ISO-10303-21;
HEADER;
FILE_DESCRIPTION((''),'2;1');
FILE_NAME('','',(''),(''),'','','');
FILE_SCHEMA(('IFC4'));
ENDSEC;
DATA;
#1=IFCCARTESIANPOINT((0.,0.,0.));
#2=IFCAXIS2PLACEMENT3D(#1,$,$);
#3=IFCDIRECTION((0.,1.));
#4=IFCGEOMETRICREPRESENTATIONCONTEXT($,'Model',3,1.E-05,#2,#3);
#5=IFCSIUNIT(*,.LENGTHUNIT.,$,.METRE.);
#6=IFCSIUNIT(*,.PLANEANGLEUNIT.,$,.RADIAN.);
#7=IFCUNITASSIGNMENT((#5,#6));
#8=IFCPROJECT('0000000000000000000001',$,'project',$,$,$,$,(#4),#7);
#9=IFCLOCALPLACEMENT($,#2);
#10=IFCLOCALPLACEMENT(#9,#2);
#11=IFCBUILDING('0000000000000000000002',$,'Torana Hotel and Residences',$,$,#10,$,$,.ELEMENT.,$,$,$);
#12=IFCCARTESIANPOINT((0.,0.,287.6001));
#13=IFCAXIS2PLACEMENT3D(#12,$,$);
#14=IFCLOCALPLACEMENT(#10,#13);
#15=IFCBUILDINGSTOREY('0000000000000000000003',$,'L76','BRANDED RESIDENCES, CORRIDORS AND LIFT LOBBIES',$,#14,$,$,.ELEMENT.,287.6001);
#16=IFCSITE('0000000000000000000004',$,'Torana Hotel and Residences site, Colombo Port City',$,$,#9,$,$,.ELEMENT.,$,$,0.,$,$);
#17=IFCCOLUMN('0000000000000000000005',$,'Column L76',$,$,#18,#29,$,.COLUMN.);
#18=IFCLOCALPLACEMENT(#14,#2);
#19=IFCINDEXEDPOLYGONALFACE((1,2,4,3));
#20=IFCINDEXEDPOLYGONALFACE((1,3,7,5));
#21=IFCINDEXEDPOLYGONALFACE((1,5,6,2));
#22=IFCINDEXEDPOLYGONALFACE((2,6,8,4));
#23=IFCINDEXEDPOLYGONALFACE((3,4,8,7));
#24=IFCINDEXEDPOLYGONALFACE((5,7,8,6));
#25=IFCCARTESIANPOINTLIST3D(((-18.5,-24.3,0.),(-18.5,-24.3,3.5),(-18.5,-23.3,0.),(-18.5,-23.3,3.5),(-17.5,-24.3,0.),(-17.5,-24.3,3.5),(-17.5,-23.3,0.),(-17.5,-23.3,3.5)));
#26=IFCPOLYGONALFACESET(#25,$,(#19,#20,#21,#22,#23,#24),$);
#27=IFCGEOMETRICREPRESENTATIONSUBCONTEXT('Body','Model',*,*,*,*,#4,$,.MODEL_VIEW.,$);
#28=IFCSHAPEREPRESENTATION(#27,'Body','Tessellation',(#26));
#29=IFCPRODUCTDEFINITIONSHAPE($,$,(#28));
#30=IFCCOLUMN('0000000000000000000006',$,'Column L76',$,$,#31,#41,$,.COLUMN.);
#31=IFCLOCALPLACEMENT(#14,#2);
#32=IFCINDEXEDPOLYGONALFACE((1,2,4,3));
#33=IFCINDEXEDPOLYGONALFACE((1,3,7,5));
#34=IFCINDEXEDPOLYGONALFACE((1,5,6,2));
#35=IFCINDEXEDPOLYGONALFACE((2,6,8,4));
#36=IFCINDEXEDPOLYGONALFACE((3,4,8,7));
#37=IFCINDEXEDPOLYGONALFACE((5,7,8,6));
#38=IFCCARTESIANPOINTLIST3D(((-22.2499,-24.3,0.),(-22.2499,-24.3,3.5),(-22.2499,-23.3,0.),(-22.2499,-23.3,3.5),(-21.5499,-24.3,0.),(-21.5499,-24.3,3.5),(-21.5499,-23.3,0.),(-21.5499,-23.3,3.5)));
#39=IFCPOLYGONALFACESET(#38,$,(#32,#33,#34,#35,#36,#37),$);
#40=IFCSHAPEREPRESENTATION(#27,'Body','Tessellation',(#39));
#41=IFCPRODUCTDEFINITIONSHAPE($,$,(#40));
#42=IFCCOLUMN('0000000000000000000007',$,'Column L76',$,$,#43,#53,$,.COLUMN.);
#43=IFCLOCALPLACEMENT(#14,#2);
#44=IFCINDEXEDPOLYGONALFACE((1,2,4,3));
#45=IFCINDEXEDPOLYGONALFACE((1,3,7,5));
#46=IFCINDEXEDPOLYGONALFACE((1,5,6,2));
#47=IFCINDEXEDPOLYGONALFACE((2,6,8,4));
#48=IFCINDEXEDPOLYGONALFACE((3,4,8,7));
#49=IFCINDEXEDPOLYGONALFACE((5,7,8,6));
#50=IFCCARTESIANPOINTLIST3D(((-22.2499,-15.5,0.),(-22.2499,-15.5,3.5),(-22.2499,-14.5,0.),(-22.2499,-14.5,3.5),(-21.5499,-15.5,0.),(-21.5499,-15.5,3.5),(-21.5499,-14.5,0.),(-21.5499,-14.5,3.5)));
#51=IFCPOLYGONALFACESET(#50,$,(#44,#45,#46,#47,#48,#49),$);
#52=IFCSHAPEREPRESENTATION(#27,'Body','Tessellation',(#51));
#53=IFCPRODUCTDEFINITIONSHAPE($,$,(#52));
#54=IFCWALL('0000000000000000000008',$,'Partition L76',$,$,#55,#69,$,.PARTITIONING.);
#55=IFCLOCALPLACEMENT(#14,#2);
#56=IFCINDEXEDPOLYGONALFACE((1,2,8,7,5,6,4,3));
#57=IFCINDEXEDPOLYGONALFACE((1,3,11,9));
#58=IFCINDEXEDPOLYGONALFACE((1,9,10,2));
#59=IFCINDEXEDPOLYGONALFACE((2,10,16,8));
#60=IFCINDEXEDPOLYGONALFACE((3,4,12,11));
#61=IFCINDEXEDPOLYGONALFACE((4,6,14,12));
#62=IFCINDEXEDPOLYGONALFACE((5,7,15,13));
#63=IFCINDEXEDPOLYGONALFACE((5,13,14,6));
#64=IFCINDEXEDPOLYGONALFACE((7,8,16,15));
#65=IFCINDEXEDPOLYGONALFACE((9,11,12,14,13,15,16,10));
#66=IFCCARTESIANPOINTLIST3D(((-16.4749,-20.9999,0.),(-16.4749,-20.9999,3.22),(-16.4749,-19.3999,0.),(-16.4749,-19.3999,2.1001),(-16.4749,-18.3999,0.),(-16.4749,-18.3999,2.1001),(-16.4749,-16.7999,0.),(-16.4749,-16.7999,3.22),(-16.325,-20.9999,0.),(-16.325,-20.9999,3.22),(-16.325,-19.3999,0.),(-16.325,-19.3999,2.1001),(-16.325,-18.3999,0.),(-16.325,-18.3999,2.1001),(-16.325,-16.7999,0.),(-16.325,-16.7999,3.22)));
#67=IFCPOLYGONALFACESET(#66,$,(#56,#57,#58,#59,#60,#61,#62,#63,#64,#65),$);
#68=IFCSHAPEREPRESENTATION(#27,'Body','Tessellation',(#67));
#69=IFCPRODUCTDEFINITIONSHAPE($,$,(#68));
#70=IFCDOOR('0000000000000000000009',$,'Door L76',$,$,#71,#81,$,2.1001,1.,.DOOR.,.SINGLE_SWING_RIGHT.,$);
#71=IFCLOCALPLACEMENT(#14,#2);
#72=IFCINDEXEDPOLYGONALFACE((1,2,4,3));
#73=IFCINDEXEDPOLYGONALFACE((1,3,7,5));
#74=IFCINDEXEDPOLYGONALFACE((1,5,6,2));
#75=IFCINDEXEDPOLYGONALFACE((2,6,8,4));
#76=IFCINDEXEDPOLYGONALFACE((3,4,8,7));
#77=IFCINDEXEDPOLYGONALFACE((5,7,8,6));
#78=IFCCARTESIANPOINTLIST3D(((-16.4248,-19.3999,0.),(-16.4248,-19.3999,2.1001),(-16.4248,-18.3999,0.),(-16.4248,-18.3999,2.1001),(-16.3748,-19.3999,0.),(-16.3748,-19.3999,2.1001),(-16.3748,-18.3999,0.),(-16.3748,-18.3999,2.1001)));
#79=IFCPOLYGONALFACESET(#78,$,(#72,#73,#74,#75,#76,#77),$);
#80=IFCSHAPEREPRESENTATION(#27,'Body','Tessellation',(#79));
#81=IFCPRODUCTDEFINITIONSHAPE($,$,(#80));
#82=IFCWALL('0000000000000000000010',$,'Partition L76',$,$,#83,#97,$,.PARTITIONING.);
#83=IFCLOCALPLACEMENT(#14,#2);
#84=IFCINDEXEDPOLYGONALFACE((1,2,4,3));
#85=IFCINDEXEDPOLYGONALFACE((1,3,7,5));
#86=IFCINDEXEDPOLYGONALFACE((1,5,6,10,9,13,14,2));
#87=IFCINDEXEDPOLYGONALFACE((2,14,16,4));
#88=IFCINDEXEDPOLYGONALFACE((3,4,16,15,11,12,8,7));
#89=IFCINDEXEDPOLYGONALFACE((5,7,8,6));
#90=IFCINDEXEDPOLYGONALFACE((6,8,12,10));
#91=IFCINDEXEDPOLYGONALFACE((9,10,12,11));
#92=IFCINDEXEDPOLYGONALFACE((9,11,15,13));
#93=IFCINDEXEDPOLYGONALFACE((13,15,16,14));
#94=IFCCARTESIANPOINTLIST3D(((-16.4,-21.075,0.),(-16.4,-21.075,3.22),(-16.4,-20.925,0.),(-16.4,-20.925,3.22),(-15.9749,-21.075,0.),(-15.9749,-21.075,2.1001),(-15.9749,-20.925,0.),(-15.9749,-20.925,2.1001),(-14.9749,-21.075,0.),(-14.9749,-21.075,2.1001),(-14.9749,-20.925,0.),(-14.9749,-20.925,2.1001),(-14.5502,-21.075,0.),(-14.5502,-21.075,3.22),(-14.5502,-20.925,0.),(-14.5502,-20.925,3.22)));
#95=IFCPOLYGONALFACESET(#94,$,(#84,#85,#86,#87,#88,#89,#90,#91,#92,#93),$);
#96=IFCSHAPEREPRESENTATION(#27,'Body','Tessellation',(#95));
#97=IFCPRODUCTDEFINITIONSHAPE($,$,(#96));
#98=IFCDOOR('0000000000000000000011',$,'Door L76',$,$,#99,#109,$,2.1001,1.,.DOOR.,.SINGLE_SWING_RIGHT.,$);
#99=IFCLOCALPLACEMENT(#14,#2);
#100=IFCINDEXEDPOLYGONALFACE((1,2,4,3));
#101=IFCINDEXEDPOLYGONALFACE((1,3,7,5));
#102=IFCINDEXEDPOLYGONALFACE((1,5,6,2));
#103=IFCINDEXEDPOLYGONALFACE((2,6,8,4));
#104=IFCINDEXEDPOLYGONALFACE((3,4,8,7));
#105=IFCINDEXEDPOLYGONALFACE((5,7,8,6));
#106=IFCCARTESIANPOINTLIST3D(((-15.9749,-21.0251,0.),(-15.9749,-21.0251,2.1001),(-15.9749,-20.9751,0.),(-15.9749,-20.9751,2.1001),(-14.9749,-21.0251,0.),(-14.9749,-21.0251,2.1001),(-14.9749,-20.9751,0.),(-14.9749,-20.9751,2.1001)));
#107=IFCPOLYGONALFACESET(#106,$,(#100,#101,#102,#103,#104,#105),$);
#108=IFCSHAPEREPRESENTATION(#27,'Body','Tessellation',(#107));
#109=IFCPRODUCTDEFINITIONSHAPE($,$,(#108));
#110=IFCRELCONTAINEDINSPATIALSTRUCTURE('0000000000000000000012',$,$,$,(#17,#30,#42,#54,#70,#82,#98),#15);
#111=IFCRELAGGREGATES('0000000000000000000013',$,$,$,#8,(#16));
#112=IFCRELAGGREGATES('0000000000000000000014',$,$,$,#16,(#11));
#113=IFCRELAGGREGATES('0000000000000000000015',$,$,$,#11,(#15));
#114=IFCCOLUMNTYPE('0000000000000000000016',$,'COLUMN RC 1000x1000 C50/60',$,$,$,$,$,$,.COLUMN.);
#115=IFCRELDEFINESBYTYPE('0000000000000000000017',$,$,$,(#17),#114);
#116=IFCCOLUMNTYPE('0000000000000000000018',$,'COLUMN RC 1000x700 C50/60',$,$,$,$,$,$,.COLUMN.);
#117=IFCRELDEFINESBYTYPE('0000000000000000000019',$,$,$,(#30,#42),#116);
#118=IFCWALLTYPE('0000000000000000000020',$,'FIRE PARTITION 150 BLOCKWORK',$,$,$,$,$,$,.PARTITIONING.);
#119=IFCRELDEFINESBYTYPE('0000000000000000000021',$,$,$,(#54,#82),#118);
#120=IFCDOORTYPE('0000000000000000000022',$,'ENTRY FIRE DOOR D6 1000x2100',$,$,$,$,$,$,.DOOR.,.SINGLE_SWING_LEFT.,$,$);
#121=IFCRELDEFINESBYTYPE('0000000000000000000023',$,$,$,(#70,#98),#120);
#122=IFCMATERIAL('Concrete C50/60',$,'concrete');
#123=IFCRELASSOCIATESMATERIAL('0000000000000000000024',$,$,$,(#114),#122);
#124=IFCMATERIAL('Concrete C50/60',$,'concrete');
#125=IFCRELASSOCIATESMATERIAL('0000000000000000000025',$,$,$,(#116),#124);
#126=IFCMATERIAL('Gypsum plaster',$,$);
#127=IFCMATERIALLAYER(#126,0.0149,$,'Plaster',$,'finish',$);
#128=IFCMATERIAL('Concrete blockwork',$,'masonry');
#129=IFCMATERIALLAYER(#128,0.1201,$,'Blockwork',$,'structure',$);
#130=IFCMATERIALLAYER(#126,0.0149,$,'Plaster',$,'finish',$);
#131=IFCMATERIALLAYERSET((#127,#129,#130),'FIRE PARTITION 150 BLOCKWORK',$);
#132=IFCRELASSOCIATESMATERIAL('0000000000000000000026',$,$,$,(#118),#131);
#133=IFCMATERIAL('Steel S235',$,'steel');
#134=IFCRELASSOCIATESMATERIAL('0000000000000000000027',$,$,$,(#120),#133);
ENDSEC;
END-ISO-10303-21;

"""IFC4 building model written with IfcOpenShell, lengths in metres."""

from ifc_helpers import new_model, si_unit, direction, frame, frame_2d, origin, origin_2d, place, context, subcontext, project, spatial, rectangle, extrude, material, layer, layer_set, material_profile, profile_set, type_object, element, fill, save


model = new_model("IFC4")

# Units and contexts
model_context = context("Model", 3, precision=1e-05, world=origin(), true_north=direction((0.0, 1.0)))
body_context = subcontext(model_context, "Body", "Model", "MODEL_VIEW")
ifc_project = project(units=[si_unit("LENGTHUNIT", "METRE"), si_unit("PLANEANGLEUNIT", "RADIAN")], contexts=[model_context])

# Site, building, storey
site_placement = place(None, origin())
site = spatial("IfcSite", under=ifc_project, at=site_placement, Name="Torana Hotel and Residences site, Colombo Port City", CompositionType="ELEMENT", RefElevation=0.0)
building_placement = place(site_placement, origin())
building = spatial("IfcBuilding", under=site, at=building_placement, Name="Torana Hotel and Residences", CompositionType="ELEMENT")
storey_placement = place(building_placement, frame((0.0, 0.0, 287.6001)))
storey = spatial("IfcBuildingStorey", under=building, at=storey_placement, Name="L76", Description="BRANDED RESIDENCES, CORRIDORS AND LIFT LOBBIES", CompositionType="ELEMENT", Elevation=287.6001)

# Columns
ifc_material_1 = material(Name="Concrete C50/60", Category="concrete")
ifc_material_profile_1 = material_profile(ifc_material_1, rectangle(XDim=1.0, YDim=1.0, at=origin_2d()), Name="RC 1000x1000")
ifc_profile_set_1 = profile_set([ifc_material_profile_1], Name="Concrete C50/60")
column_type_1 = type_object("IfcColumnType", Name="COLUMN RC 1000x1000 C50/60", PredefinedType="COLUMN", material=ifc_profile_set_1)
column_placement = place(storey_placement, frame((-18.0, -23.8, 0.0), z_axis=(0.0, 0.0, 1.0), x_axis=(1.0, 0.0, 0.0)))
element("IfcColumn", 1, at=column_placement, inside=storey, type_object=column_type_1, Name="Column L76", PredefinedType="COLUMN", context=body_context, shape_type="SweptSolid", body=[
    extrude(rectangle(XDim=1.0, YDim=1.0, at=origin_2d()), origin(), (0.0, 0.0, 1.0), 3.5),
])
ifc_material_2 = material(Name="Concrete C50/60", Category="concrete")
ifc_material_profile_2 = material_profile(ifc_material_2, rectangle(XDim=1.0, YDim=0.7, at=origin_2d()), Name="RC 1000x700")
ifc_profile_set_2 = profile_set([ifc_material_profile_2], Name="Concrete C50/60")
column_type_2 = type_object("IfcColumnType", Name="COLUMN RC 1000x700 C50/60", PredefinedType="COLUMN", material=ifc_profile_set_2)
for number, where, z_axis, x_axis, name in (
    (2, (-21.8999, -23.8, 0.0), (0.0, 0.0, 1.0), (0.0, 1.0, 0.0), "Column L76"),
    (3, (-21.8999, -15.0, 0.0), (0.0, 0.0, 1.0), (0.0, 1.0, 0.0), "Column L76"),
):
    element("IfcColumn", number, at=place(storey_placement, frame(where, z_axis=z_axis, x_axis=x_axis)), inside=storey, type_object=column_type_2, Name=name, PredefinedType="COLUMN", context=body_context, shape_type="SweptSolid", body=[
        extrude(rectangle(XDim=1.0, YDim=0.7, at=origin_2d()), origin(), (0.0, 0.0, 1.0), 3.5),
    ])

# Walls, openings, doors
ifc_material_3 = material(Name="Gypsum plaster")
ifc_layer_1 = layer(ifc_material_3, 0.0149, Name="Plaster", Category="finish")
ifc_material_4 = material(Name="Concrete blockwork", Category="masonry")
ifc_layer_2 = layer(ifc_material_4, 0.1201, Name="Blockwork", Category="structure")
ifc_layer_3 = layer(ifc_material_3, 0.0149, Name="Plaster", Category="finish")
ifc_layer_set_1 = layer_set([ifc_layer_1, ifc_layer_2, ifc_layer_3], Name="FIRE PARTITION 150 BLOCKWORK")
wall_type_1 = type_object("IfcWallType", Name="FIRE PARTITION 150 BLOCKWORK", PredefinedType="PARTITIONING", material=ifc_layer_set_1)
wall_1_placement = place(storey_placement, frame((-16.3999, -21.0, 0.0), z_axis=(0.0, 0.0, 1.0), x_axis=(0.0, 1.0, 0.0)))
wall_1 = element("IfcWall", 4, at=wall_1_placement, inside=storey, type_object=wall_type_1, Name="Partition L76", PredefinedType="PARTITIONING", context=body_context, shape_type="SweptSolid", body=[
    extrude(rectangle(XDim=4.2, YDim=0.1499, at=frame_2d((2.1001, 0.0))), origin(), (0.0, 0.0, 1.0), 3.22),
])
opening_1_placement = place(wall_1_placement, frame((1.6001, 0.0, 0.0)))
opening_1 = element("IfcOpeningElement", 5, at=opening_1_placement, cuts=wall_1, PredefinedType="OPENING", context=body_context, shape_type="SweptSolid", body=[
    extrude(rectangle(XDim=1.0, YDim=2.1001, at=frame_2d((0.5, 1.05))), frame((0.0, 0.085, 0.0), z_axis=(0.0, -1.0, 0.0), x_axis=(1.0, 0.0, 0.0)), (0.0, 0.0, 1.0), 0.1699),
])
ifc_material_5 = material(Name="Steel S235", Category="steel")
door_type_1 = type_object("IfcDoorType", Name="ENTRY FIRE DOOR D6 1000x2100", OperationType="SINGLE_SWING_LEFT", PredefinedType="DOOR", material=ifc_material_5)
door_1_placement = place(opening_1_placement, origin())
door_1 = element("IfcDoor", 6, at=door_1_placement, inside=storey, type_object=door_type_1, Name="Door L76", OperationType="SINGLE_SWING_RIGHT", OverallHeight=2.1001, OverallWidth=1.0, PredefinedType="DOOR", context=body_context, shape_type="SweptSolid", body=[
    extrude(rectangle(XDim=1.0, YDim=2.1001, at=frame_2d((0.5, 1.05))), frame((0.0, 0.0249, 0.0), z_axis=(0.0, -1.0, 0.0), x_axis=(1.0, 0.0, 0.0)), (0.0, 0.0, 1.0), 0.05),
])
fill(opening_1, door_1)
wall_2_placement = place(storey_placement, frame((-16.3999, -21.0, 0.0), z_axis=(0.0, 0.0, 1.0), x_axis=(1.0, 0.0, 0.0)))
wall_2 = element("IfcWall", 7, at=wall_2_placement, inside=storey, type_object=wall_type_1, Name="Partition L76", PredefinedType="PARTITIONING", context=body_context, shape_type="SweptSolid", body=[
    extrude(rectangle(XDim=1.8499, YDim=0.1499, at=frame_2d((0.9248, 0.0))), origin(), (0.0, 0.0, 1.0), 3.22),
])
opening_2_placement = place(wall_2_placement, frame((0.425, 0.0, 0.0)))
opening_2 = element("IfcOpeningElement", 8, at=opening_2_placement, cuts=wall_2, PredefinedType="OPENING", context=body_context, shape_type="SweptSolid", body=[
    extrude(rectangle(XDim=1.0, YDim=2.1001, at=frame_2d((0.5, 1.05))), frame((0.0, 0.085, 0.0), z_axis=(0.0, -1.0, 0.0), x_axis=(1.0, 0.0, 0.0)), (0.0, 0.0, 1.0), 0.1699),
])
door_2_placement = place(opening_2_placement, frame((0.5, 0.0, 0.0), z_axis=(0.0, 0.0, 1.0), x_axis=(-1.0, 0.0, 0.0)))
door_2 = element("IfcDoor", 9, at=door_2_placement, inside=storey, type_object=door_type_1, Name="Door L76", OperationType="SINGLE_SWING_RIGHT", OverallHeight=2.1001, OverallWidth=1.0, PredefinedType="DOOR", context=body_context, shape_type="SweptSolid", body=[
    extrude(rectangle(XDim=1.0, YDim=2.1001, at=frame_2d((0.0, 1.05))), frame((0.0, -0.0249, 0.0), z_axis=(0.0, 1.0, 0.0), x_axis=(-1.0, 0.0, 0.0)), (0.0, 0.0, 1.0), 0.05),
])
fill(opening_2, door_2)

save(model, "model.ifc")
